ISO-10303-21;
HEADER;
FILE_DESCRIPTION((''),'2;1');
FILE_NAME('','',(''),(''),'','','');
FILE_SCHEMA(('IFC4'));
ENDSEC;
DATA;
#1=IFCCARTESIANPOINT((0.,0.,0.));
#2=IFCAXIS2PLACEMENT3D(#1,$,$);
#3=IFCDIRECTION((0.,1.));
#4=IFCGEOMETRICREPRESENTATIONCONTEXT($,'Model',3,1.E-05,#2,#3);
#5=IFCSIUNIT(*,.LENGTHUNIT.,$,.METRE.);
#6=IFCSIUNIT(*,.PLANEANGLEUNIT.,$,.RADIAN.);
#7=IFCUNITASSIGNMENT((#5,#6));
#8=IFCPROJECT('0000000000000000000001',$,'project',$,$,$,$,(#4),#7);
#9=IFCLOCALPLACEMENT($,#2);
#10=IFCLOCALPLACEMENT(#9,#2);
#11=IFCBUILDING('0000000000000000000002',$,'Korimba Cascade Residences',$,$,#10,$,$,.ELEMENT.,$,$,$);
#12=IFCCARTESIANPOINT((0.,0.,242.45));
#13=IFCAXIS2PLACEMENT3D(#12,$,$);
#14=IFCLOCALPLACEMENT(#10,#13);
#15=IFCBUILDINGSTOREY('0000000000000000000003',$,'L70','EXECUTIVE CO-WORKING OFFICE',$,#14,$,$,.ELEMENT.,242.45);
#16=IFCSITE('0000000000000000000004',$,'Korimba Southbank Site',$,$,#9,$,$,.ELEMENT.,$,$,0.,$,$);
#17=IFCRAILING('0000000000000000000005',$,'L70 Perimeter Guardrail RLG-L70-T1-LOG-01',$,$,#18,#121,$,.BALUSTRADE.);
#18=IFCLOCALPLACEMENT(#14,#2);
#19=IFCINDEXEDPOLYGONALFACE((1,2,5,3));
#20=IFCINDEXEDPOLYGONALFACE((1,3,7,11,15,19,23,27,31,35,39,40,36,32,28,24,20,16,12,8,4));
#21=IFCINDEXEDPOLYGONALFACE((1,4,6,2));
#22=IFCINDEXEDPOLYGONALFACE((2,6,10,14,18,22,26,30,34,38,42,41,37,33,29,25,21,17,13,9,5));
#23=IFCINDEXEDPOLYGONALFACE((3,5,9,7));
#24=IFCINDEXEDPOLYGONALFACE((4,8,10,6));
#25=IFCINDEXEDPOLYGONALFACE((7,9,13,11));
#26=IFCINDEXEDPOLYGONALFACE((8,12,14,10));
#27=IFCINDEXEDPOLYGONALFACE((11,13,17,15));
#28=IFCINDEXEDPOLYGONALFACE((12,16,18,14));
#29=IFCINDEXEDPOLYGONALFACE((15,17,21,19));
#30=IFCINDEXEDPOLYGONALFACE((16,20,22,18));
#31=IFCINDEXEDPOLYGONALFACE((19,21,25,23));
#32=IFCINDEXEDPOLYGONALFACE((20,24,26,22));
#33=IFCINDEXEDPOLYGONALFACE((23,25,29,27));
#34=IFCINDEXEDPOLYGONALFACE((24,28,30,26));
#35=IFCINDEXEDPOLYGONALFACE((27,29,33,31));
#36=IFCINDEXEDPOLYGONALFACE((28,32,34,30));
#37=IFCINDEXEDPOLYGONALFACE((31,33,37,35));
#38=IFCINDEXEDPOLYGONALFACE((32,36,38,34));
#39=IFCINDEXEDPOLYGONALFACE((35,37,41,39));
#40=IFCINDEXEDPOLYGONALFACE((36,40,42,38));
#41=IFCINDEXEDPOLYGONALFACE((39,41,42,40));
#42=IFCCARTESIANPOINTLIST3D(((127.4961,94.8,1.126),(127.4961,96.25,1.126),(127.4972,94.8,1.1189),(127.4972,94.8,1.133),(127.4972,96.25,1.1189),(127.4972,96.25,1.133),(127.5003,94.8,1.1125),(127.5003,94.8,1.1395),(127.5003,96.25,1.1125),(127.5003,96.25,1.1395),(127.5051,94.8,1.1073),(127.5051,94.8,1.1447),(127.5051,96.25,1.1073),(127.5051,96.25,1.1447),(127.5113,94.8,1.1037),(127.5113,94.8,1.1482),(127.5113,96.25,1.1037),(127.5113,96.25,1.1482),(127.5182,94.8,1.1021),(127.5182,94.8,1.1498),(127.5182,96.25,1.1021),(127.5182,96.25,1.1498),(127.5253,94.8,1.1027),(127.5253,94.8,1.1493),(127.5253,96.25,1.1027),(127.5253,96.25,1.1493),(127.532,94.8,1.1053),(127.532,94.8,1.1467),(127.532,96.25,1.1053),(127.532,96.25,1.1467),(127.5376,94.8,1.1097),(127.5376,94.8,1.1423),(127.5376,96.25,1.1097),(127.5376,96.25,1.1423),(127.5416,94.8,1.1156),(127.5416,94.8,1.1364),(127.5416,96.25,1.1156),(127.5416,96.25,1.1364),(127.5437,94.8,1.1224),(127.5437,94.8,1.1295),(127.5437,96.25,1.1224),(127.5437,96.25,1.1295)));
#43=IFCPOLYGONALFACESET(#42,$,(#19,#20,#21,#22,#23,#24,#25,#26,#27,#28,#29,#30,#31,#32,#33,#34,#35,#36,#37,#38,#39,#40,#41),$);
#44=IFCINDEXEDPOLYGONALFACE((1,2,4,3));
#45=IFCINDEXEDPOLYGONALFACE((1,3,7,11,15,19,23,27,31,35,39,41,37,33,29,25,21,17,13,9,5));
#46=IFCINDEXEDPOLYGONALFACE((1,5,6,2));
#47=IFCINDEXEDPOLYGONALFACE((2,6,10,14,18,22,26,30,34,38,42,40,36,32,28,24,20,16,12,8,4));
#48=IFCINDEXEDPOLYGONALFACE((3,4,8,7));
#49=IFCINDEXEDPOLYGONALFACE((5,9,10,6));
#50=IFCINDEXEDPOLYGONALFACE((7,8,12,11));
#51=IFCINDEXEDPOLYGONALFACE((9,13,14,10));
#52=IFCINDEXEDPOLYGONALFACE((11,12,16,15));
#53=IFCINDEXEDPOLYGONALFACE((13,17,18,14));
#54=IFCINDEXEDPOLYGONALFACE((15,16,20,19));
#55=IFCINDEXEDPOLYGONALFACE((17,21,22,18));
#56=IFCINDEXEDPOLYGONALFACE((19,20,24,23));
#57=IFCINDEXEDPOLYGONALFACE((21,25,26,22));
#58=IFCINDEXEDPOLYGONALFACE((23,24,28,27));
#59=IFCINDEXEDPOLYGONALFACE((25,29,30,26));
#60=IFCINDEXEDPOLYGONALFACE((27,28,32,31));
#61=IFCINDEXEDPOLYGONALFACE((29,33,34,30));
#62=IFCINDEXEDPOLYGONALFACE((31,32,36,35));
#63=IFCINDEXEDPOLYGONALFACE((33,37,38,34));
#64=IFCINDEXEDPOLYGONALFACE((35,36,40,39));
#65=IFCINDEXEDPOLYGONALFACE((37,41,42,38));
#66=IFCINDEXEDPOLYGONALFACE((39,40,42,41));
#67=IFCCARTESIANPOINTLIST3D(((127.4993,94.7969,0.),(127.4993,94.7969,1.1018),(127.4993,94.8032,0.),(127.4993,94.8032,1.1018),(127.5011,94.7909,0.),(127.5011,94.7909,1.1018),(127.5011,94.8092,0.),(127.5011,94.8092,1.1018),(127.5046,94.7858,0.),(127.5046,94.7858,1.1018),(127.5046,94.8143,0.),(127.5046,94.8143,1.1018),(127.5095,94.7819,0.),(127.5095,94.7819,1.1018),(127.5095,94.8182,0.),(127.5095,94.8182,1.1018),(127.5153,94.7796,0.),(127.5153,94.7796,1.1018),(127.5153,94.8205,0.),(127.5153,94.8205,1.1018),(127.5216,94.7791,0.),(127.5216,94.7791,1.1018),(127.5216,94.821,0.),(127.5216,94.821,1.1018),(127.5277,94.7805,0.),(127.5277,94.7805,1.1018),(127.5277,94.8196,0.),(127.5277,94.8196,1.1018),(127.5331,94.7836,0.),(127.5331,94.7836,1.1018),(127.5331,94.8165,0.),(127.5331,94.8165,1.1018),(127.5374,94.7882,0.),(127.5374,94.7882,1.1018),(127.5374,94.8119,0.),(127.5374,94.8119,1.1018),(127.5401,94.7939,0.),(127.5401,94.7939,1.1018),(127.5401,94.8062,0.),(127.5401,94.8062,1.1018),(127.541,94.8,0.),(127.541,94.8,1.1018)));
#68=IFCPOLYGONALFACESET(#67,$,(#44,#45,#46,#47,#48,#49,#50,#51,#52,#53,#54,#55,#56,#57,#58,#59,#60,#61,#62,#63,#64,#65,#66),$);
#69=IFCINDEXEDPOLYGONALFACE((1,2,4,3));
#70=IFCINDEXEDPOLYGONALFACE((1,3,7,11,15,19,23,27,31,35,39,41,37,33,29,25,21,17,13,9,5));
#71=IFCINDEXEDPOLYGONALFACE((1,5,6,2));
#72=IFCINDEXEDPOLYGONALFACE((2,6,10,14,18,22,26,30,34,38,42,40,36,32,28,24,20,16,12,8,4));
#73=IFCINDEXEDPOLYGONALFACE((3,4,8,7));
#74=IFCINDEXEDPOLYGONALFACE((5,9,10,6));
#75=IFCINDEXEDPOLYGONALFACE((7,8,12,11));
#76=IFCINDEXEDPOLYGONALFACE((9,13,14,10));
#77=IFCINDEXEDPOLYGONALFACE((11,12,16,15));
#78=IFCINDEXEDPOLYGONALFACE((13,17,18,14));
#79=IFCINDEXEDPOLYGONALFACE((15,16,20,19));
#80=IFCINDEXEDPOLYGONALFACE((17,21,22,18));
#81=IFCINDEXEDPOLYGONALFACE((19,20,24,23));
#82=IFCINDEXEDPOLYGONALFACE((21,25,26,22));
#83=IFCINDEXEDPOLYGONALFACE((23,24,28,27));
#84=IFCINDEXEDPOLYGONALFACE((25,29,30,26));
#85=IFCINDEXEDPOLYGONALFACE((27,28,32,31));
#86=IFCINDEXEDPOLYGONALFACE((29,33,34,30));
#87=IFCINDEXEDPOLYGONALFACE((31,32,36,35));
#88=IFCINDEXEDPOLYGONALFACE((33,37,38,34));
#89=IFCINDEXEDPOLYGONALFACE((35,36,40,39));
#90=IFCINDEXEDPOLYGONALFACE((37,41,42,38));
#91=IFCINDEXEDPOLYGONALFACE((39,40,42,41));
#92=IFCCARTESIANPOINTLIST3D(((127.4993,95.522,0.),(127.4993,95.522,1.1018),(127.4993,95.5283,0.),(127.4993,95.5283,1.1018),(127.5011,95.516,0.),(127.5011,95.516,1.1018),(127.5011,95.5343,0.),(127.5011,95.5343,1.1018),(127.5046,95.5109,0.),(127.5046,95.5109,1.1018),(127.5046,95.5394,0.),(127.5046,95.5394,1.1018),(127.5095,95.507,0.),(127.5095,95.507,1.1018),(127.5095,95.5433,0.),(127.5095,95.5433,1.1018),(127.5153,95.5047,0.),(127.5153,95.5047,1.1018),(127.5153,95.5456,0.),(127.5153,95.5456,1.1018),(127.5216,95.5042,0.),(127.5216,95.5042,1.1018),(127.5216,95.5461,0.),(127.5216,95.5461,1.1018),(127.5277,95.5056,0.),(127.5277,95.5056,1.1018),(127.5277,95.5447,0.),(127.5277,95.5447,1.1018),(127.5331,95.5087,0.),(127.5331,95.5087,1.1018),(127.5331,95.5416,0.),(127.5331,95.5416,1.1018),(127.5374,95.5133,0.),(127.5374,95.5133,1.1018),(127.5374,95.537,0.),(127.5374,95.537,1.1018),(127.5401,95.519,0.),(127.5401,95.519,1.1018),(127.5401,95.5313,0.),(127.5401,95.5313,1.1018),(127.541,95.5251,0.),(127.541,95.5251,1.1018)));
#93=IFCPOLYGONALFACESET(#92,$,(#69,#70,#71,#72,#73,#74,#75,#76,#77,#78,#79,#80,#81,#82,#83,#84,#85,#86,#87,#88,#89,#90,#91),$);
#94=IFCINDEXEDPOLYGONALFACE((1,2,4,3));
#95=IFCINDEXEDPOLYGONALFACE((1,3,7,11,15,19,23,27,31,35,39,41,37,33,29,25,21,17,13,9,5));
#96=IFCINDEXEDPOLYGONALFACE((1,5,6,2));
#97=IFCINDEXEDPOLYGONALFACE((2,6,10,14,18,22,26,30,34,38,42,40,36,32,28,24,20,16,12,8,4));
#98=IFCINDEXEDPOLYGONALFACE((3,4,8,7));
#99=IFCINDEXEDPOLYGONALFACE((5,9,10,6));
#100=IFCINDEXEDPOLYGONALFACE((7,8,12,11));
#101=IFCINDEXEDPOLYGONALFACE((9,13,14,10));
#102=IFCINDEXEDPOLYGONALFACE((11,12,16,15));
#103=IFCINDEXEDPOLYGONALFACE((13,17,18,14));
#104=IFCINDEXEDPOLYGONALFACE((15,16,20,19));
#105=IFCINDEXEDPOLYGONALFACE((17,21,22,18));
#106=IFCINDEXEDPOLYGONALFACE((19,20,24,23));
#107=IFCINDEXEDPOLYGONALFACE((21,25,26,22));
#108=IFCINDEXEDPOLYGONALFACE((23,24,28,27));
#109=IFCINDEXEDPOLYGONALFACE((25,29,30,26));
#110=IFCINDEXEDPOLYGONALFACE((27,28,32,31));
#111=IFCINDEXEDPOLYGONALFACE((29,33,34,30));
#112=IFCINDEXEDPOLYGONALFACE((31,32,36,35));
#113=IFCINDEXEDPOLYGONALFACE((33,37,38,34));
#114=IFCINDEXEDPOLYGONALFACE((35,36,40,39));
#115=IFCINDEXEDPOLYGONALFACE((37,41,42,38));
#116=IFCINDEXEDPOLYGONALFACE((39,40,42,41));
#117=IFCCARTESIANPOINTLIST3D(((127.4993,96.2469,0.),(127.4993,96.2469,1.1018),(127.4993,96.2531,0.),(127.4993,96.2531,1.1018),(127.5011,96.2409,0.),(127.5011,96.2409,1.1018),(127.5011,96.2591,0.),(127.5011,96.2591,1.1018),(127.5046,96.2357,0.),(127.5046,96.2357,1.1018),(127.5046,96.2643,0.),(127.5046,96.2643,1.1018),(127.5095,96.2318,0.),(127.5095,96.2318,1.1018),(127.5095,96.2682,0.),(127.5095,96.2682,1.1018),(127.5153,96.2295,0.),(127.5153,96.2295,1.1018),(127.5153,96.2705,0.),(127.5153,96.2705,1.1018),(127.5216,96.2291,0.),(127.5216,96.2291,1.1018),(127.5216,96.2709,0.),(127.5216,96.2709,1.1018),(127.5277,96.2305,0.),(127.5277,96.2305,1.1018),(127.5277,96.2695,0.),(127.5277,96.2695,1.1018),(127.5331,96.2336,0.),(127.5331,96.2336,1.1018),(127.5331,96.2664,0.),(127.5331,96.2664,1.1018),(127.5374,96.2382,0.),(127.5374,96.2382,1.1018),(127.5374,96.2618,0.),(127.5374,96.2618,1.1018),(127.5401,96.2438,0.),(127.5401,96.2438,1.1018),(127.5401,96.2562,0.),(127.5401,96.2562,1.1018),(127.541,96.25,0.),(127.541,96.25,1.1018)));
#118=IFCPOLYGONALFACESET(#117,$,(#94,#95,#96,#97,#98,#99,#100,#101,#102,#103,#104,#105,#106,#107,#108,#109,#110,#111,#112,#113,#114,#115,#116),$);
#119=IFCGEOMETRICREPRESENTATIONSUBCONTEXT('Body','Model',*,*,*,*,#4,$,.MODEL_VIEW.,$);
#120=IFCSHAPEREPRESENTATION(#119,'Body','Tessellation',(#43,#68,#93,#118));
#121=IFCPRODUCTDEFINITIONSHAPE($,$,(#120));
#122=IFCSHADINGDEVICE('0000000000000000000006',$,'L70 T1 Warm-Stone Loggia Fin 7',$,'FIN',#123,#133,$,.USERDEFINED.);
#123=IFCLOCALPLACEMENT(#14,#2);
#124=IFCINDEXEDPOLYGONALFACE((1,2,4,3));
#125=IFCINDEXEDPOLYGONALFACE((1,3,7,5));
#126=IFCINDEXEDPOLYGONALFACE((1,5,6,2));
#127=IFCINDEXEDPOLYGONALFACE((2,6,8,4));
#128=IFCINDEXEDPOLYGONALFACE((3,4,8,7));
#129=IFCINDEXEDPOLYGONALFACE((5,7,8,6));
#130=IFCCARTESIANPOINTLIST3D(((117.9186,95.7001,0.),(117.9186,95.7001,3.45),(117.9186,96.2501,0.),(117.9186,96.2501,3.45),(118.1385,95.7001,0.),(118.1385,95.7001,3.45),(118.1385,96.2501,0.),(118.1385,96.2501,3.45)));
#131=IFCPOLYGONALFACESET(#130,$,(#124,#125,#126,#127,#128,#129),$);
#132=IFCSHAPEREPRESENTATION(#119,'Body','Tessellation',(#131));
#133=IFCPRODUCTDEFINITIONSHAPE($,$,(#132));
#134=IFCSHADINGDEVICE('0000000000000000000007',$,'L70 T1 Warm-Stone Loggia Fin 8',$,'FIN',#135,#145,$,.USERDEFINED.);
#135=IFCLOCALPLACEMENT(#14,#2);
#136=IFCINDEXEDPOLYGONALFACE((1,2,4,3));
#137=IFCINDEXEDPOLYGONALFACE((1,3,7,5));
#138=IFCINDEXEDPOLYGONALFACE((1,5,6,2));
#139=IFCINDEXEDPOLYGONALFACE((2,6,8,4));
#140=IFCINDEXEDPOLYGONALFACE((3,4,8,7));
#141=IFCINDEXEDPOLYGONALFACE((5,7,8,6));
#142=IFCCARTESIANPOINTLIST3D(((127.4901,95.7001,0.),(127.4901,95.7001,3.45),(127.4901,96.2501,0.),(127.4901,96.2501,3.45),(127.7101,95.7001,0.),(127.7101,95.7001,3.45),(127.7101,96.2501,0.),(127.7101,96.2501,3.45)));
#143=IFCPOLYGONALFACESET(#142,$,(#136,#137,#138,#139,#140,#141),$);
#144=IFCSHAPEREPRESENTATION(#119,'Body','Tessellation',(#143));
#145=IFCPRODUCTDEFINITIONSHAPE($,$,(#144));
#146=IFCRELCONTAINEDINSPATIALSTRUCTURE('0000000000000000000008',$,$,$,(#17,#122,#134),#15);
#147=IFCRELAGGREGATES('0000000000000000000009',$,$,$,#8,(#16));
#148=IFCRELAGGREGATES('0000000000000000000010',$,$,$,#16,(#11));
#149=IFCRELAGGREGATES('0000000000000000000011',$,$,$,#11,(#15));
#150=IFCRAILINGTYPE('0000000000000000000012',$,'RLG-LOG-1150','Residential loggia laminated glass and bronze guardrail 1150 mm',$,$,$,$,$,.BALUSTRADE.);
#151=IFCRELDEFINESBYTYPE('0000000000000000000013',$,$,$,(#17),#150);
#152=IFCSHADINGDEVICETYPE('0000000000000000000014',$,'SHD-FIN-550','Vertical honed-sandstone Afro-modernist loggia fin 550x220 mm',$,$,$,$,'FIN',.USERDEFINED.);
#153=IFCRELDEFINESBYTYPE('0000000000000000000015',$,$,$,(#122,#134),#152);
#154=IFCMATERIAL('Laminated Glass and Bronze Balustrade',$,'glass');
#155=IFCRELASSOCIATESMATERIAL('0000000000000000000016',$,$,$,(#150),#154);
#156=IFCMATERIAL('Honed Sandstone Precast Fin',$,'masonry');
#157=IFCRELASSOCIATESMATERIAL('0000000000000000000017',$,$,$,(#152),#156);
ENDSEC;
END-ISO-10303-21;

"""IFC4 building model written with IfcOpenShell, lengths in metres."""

from ifc_helpers import new_model, si_unit, direction, frame, origin, origin_2d, place, context, subcontext, project, spatial, rectangle, circle, extrude, material, type_object, element, save


model = new_model("IFC4")

# Units and contexts
model_context = context("Model", 3, precision=1e-05, world=origin(), true_north=direction((0.0, 1.0)))
body_context = subcontext(model_context, "Body", "Model", "MODEL_VIEW")
ifc_project = project(units=[si_unit("LENGTHUNIT", "METRE"), si_unit("PLANEANGLEUNIT", "RADIAN")], contexts=[model_context])

# Site, building, storey
site_placement = place(None, origin())
site = spatial("IfcSite", under=ifc_project, at=site_placement, Name="Korimba Southbank Site", CompositionType="ELEMENT", RefElevation=0.0)
building_placement = place(site_placement, origin())
building = spatial("IfcBuilding", under=site, at=building_placement, Name="Korimba Cascade Residences", CompositionType="ELEMENT")
storey_placement = place(building_placement, frame((0.0, 0.0, 242.45)))
storey = spatial("IfcBuildingStorey", under=building, at=storey_placement, Name="L70", Description="EXECUTIVE CO-WORKING OFFICE", CompositionType="ELEMENT", Elevation=242.45)

# Railing
ifc_material_1 = material(Name="Laminated Glass and Bronze Balustrade", Category="glass")
railing_type = type_object("IfcRailingType", Name="RLG-LOG-1150", Description="Residential loggia laminated glass and bronze guardrail 1150 mm", PredefinedType="BALUSTRADE", material=ifc_material_1)
railing_placement = place(storey_placement, frame((127.52, 94.8, 0.0)))
element("IfcRailing", 1, at=railing_placement, inside=storey, type_object=railing_type, Name="L70 Perimeter Guardrail RLG-L70-T1-LOG-01", PredefinedType="BALUSTRADE", context=body_context, shape_type="SweptSolid", body=[
    extrude(circle(Radius=0.0239, at=origin_2d()), frame((0.0, 0.0, 1.126), z_axis=(0.0, 1.0, 0.0), x_axis=(-1.0, 0.0, 0.0)), (0.0, 0.0, 1.0), 1.45),
    extrude(circle(Radius=0.021, at=origin_2d()), origin(), (0.0, 0.0, 1.0), 1.1018),
    extrude(circle(Radius=0.021, at=origin_2d()), frame((0.0, 0.7251, 0.0)), (0.0, 0.0, 1.0), 1.1018),
    extrude(circle(Radius=0.021, at=origin_2d()), frame((0.0, 1.45, 0.0)), (0.0, 0.0, 1.0), 1.1018),
])

# Shading devices
ifc_material_2 = material(Name="Honed Sandstone Precast Fin", Category="masonry")
shading_device_type = type_object("IfcShadingDeviceType", Name="SHD-FIN-550", Description="Vertical honed-sandstone Afro-modernist loggia fin 550x220 mm", ElementType="FIN", PredefinedType="USERDEFINED", material=ifc_material_2)
for number, where, z_axis, x_axis, name in (
    (2, (118.0286, 95.9751, 0.0), (0.0, 0.0, 1.0), (1.0, 0.0, 0.0), "L70 T1 Warm-Stone Loggia Fin 7"),
    (3, (127.6001, 95.9751, 0.0), (0.0, 0.0, 1.0), (1.0, 0.0, 0.0), "L70 T1 Warm-Stone Loggia Fin 8"),
):
    element("IfcShadingDevice", number, at=place(storey_placement, frame(where, z_axis=z_axis, x_axis=x_axis)), inside=storey, type_object=shading_device_type, Name=name, ObjectType="FIN", PredefinedType="USERDEFINED", context=body_context, shape_type="SweptSolid", body=[
        extrude(rectangle(XDim=0.22, YDim=0.55, at=origin_2d()), origin(), (0.0, 0.0, 1.0), 3.45),
    ])

save(model, "model.ifc")
